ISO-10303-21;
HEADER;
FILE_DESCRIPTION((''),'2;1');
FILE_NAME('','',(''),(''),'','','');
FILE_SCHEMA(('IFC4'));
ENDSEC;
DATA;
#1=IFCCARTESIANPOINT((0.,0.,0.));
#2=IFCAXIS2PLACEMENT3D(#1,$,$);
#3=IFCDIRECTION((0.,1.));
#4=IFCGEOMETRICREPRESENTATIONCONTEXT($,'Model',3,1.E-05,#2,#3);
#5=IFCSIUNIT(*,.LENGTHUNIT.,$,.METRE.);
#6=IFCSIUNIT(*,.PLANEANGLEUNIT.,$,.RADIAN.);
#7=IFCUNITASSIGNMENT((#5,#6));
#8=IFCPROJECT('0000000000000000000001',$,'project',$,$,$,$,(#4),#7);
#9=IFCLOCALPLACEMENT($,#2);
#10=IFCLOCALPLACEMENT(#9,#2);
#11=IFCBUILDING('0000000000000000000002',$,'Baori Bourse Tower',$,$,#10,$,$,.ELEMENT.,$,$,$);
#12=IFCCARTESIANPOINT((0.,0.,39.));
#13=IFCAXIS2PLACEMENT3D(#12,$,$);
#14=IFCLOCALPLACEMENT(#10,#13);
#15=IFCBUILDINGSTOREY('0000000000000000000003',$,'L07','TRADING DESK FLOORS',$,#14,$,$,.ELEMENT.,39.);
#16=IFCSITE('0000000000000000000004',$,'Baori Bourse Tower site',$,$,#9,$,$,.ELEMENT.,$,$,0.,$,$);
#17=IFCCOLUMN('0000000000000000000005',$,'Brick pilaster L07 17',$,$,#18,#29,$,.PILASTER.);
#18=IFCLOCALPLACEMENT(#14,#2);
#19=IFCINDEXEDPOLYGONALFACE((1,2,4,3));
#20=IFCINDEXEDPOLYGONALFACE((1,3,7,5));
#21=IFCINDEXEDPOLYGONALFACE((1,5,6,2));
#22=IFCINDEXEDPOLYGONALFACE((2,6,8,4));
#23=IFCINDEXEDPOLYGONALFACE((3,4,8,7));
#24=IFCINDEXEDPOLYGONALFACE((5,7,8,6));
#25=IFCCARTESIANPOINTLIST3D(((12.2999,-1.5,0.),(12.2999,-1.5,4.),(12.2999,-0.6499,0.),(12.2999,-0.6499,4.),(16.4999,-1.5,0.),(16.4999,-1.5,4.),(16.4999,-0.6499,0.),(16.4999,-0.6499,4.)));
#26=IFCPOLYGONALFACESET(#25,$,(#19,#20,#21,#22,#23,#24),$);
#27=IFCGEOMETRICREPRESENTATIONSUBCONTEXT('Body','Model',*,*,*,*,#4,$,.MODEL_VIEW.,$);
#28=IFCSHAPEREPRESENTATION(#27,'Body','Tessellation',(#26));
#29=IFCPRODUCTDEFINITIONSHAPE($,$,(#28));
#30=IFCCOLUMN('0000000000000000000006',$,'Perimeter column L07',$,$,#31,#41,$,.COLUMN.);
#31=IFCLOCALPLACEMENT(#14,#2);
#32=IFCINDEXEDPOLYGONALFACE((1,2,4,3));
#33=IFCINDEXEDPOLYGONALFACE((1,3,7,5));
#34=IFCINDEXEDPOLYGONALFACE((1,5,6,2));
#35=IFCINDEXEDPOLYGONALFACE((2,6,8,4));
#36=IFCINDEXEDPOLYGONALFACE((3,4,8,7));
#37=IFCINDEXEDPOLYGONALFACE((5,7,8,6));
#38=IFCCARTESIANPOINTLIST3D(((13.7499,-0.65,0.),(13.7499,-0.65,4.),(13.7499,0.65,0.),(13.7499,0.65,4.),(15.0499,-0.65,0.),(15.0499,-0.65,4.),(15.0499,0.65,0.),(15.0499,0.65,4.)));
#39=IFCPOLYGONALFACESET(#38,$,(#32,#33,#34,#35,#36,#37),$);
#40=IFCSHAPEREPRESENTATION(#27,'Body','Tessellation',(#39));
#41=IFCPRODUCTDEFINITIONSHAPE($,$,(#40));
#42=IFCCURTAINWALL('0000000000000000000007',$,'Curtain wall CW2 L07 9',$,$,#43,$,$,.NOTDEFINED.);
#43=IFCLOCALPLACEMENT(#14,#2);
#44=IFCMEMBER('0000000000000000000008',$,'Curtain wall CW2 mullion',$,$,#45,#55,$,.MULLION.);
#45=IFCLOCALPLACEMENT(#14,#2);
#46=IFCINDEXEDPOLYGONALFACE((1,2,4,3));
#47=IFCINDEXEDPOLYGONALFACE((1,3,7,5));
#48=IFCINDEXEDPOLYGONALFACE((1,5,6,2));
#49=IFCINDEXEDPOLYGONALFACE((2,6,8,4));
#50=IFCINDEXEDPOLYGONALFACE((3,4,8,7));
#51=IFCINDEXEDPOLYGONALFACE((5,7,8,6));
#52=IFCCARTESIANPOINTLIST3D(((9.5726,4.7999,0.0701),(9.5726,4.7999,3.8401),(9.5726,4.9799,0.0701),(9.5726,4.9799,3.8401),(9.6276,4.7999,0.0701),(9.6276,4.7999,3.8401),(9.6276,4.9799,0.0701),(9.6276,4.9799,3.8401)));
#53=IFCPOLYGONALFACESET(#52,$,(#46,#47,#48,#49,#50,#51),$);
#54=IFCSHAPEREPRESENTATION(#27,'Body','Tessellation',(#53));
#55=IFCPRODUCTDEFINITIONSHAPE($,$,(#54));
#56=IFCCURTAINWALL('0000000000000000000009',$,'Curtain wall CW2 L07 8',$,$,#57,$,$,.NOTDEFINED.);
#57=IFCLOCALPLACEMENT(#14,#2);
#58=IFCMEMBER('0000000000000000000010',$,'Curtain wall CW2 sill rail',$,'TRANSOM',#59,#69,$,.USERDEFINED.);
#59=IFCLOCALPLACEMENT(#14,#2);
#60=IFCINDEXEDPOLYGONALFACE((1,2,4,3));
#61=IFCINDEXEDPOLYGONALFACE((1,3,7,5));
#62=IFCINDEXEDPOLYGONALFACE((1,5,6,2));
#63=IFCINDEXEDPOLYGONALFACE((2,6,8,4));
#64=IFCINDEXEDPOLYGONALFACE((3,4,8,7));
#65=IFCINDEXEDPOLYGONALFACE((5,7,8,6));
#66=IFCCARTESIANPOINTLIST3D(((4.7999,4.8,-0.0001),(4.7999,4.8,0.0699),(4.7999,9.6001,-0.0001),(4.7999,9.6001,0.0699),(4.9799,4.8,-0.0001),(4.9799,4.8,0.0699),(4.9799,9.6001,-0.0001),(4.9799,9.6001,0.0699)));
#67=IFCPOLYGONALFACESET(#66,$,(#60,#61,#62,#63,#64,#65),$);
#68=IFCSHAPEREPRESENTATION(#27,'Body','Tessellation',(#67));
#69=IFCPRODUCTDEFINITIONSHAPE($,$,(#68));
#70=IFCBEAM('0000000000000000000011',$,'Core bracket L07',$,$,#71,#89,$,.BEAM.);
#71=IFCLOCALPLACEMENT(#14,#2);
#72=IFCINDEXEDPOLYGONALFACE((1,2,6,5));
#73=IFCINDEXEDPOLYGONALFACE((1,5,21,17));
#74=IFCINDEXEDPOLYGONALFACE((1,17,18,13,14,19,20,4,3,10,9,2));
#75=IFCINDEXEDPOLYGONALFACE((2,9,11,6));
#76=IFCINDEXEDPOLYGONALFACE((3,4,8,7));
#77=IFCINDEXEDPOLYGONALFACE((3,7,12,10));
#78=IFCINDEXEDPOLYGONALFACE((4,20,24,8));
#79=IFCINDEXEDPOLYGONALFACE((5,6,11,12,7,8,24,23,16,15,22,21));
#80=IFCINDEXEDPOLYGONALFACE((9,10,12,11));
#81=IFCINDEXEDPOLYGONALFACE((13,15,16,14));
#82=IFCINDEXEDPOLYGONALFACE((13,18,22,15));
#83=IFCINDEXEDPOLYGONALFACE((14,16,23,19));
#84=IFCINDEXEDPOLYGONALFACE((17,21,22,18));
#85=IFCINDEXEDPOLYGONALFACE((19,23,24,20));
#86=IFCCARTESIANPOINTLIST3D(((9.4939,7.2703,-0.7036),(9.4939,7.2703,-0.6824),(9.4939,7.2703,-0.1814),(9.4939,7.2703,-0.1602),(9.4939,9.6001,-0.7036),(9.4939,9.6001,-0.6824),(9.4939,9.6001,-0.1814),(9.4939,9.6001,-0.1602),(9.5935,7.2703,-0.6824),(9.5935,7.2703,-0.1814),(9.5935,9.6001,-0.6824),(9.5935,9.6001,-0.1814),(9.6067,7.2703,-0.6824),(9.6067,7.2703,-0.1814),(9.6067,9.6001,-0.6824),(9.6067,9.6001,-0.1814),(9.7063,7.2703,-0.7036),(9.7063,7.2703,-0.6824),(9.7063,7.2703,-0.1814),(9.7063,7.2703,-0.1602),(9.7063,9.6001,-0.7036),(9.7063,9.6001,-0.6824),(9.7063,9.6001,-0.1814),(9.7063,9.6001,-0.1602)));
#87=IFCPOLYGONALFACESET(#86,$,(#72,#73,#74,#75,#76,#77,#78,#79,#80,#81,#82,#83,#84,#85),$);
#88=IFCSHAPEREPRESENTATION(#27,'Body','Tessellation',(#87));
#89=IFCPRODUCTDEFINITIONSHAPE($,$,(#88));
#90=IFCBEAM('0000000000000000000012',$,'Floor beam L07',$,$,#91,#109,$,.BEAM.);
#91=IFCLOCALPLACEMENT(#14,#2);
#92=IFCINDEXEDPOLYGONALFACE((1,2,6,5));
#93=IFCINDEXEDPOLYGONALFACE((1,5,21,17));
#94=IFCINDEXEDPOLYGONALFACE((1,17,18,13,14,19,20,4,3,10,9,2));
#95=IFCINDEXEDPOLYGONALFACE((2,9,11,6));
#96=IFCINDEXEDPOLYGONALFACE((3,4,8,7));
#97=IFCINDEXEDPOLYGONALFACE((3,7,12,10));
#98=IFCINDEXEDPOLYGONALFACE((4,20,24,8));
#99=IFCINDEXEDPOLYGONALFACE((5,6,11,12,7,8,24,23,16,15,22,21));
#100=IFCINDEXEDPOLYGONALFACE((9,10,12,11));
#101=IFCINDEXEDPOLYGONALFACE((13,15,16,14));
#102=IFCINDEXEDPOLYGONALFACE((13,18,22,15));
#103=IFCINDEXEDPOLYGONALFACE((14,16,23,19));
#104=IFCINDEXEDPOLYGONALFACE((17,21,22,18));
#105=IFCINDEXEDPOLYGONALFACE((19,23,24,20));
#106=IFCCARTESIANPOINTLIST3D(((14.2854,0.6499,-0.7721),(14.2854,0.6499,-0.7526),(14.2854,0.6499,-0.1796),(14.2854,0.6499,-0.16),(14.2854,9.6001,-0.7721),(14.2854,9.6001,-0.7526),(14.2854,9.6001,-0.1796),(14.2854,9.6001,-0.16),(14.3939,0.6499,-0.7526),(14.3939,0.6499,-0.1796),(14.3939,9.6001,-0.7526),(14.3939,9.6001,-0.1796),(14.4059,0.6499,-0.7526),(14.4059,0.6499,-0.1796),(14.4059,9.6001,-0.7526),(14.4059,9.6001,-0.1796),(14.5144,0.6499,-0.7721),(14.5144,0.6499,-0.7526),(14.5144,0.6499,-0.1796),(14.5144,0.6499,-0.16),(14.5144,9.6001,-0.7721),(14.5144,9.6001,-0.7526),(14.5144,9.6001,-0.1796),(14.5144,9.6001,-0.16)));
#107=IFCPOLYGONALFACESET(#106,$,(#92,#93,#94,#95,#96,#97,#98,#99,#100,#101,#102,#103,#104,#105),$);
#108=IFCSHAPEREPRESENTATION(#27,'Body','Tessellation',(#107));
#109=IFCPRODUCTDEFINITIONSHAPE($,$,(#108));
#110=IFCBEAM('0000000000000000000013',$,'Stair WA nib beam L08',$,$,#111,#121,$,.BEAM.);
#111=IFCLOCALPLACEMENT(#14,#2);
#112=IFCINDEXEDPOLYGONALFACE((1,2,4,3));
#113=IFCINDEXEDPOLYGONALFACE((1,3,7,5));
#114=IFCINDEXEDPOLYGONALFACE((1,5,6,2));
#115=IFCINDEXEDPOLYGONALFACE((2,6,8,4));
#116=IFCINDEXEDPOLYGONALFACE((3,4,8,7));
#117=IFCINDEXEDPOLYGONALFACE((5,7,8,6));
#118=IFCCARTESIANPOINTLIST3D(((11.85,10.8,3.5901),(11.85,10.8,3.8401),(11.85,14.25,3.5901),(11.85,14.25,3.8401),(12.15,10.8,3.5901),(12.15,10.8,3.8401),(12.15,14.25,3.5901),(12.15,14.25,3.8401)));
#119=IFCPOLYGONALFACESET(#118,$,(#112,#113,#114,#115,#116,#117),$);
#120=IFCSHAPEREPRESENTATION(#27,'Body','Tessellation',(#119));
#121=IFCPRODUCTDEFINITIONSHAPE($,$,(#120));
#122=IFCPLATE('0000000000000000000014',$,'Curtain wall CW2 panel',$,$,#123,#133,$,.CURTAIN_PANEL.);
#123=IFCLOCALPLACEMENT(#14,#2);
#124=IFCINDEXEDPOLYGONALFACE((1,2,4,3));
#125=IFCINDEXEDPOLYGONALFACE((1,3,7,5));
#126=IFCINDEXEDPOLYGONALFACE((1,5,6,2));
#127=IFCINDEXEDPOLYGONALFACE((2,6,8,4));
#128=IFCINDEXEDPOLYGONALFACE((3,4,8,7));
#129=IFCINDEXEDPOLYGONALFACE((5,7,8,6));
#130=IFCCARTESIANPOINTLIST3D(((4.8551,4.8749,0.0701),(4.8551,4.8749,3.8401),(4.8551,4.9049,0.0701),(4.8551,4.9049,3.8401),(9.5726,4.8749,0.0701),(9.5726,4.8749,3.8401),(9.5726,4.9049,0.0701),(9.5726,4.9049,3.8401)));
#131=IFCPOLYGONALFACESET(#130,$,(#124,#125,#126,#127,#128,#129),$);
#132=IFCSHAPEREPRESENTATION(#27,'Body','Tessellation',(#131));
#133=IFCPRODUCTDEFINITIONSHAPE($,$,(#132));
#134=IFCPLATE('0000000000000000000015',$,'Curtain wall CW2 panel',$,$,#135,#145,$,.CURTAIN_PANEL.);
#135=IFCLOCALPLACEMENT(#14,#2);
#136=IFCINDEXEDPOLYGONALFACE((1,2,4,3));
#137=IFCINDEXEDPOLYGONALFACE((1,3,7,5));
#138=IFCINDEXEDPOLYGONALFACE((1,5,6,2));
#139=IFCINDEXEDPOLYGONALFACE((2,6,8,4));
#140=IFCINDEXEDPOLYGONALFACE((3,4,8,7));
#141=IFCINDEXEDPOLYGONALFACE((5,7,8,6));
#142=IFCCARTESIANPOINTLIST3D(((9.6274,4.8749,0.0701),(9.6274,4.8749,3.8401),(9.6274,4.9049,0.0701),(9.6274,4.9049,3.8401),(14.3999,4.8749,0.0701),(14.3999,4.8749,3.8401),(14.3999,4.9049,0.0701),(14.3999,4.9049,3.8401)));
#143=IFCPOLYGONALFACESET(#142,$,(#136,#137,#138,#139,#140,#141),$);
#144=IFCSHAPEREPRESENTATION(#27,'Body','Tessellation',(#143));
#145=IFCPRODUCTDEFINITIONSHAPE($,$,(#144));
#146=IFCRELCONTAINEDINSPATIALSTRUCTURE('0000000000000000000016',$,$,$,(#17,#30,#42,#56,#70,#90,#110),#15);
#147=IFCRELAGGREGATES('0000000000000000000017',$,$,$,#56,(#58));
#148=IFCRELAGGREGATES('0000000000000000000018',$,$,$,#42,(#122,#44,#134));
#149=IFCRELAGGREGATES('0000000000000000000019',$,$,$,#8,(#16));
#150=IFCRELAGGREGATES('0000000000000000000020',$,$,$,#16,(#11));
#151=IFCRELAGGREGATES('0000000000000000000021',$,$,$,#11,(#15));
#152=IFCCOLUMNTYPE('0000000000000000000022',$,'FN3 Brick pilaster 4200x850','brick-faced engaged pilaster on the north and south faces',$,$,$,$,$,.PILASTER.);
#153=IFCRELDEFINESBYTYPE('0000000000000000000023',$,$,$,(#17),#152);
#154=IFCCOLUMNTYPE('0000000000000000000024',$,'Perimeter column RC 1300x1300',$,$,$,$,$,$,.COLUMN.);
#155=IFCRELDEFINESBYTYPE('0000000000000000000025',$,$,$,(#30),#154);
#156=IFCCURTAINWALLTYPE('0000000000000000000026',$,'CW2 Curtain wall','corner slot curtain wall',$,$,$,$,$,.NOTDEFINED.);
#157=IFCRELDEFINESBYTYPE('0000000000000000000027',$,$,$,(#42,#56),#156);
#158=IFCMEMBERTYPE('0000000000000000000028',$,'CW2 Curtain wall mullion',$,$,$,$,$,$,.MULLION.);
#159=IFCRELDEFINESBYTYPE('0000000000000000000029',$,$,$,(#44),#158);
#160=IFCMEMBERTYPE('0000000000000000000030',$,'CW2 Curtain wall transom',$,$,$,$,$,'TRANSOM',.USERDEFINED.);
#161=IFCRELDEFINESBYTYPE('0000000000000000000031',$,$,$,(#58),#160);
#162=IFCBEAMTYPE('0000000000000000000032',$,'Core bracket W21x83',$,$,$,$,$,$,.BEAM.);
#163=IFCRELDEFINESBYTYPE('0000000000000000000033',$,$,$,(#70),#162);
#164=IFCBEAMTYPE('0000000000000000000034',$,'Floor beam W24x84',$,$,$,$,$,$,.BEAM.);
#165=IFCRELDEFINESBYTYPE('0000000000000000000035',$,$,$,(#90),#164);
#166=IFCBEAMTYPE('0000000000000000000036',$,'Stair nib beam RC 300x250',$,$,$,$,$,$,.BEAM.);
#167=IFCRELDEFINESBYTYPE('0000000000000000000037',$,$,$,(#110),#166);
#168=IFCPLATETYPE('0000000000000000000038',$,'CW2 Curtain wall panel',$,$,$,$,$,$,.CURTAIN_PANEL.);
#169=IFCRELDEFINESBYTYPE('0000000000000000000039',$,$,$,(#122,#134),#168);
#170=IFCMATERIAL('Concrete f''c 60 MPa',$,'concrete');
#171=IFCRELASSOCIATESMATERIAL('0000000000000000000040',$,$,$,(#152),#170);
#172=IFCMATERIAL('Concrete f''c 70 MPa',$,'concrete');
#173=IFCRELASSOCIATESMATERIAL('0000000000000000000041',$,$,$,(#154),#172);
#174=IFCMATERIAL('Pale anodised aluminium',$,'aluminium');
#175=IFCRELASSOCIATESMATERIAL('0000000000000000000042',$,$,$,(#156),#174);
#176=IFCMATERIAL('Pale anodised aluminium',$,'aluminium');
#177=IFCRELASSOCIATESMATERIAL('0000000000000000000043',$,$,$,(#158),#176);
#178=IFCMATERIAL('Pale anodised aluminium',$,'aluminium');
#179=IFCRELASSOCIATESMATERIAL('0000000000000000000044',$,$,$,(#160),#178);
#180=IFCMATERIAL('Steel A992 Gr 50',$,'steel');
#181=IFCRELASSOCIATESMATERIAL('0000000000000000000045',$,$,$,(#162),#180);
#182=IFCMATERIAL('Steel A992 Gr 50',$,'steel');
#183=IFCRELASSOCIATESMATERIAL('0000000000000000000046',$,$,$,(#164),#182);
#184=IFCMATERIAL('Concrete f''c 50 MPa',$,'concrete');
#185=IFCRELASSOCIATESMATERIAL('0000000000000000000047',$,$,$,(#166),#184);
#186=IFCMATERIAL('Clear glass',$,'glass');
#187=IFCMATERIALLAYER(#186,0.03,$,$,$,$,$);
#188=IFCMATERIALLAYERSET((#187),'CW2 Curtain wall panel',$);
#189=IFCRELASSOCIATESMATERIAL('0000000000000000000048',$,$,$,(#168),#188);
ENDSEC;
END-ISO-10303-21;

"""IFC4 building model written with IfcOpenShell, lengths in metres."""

from ifc_helpers import new_model, si_unit, direction, frame, origin, origin_2d, place, context, subcontext, project, spatial, rectangle, i_section, extrude, material, layer, layer_set, material_profile, profile_set, type_object, element, aggregate, save


model = new_model("IFC4")

# Units and contexts
model_context = context("Model", 3, precision=1e-05, world=origin(), true_north=direction((0.0, 1.0)))
body_context = subcontext(model_context, "Body", "Model", "MODEL_VIEW")
ifc_project = project(units=[si_unit("LENGTHUNIT", "METRE"), si_unit("PLANEANGLEUNIT", "RADIAN")], contexts=[model_context])

# Site, building, storey
site_placement = place(None, origin())
site = spatial("IfcSite", under=ifc_project, at=site_placement, Name="Baori Bourse Tower site", CompositionType="ELEMENT", RefElevation=0.0)
building_placement = place(site_placement, origin())
building = spatial("IfcBuilding", under=site, at=building_placement, Name="Baori Bourse Tower", CompositionType="ELEMENT")
storey_placement = place(building_placement, frame((0.0, 0.0, 39.0)))
storey = spatial("IfcBuildingStorey", under=building, at=storey_placement, Name="L07", Description="TRADING DESK FLOORS", CompositionType="ELEMENT", Elevation=39.0)

# Columns
ifc_material_1 = material(Name="Concrete f'c 60 MPa", Category="concrete")
ifc_material_profile_1 = material_profile(ifc_material_1, rectangle(XDim=4.2, YDim=0.8501, at=origin_2d()), Name="RC 4200x850")
ifc_profile_set_1 = profile_set([ifc_material_profile_1], Name="Concrete f'c 60 MPa")
column_type_1 = type_object("IfcColumnType", Name="FN3 Brick pilaster 4200x850", Description="brick-faced engaged pilaster on the north and south faces", PredefinedType="PILASTER", material=ifc_profile_set_1)
column_1_placement = place(storey_placement, frame((14.3999, -1.075, 0.0), z_axis=(0.0, 0.0, 1.0), x_axis=(1.0, 0.0, 0.0)))
element("IfcColumn", 1, at=column_1_placement, inside=storey, type_object=column_type_1, Name="Brick pilaster L07 17", PredefinedType="PILASTER", context=body_context, shape_type="SweptSolid", body=[
    extrude(rectangle(XDim=4.2, YDim=0.8501, at=origin_2d()), origin(), (0.0, 0.0, 1.0), 4.0),
])
ifc_material_2 = material(Name="Concrete f'c 70 MPa", Category="concrete")
ifc_material_profile_2 = material_profile(ifc_material_2, rectangle(XDim=1.3, YDim=1.3, at=origin_2d()), Name="RC 1300x1300")
ifc_profile_set_2 = profile_set([ifc_material_profile_2], Name="Concrete f'c 70 MPa")
column_type_2 = type_object("IfcColumnType", Name="Perimeter column RC 1300x1300", PredefinedType="COLUMN", material=ifc_profile_set_2)
column_2_placement = place(storey_placement, frame((14.3999, 0.0, 0.0), z_axis=(0.0, 0.0, 1.0), x_axis=(1.0, 0.0, 0.0)))
element("IfcColumn", 2, at=column_2_placement, inside=storey, type_object=column_type_2, Name="Perimeter column L07", PredefinedType="COLUMN", context=body_context, shape_type="SweptSolid", body=[
    extrude(rectangle(XDim=1.3, YDim=1.3, at=origin_2d()), origin(), (0.0, 0.0, 1.0), 4.0),
])

# Curtain walls, members
ifc_material_3 = material(Name="Pale anodised aluminium", Category="aluminium")
curtain_wall_type = type_object("IfcCurtainWallType", Name="CW2 Curtain wall", Description="corner slot curtain wall", PredefinedType="NOTDEFINED", material=ifc_material_3)
curtain_wall_1_placement = place(storey_placement, origin())
curtain_wall_1 = element("IfcCurtainWall", 3, at=curtain_wall_1_placement, inside=storey, type_object=curtain_wall_type, Name="Curtain wall CW2 L07 9", PredefinedType="NOTDEFINED")
ifc_material_4 = material(Name="Pale anodised aluminium", Category="aluminium")
ifc_material_profile_3 = material_profile(ifc_material_4, rectangle(XDim=0.1799, YDim=0.0549, at=origin_2d()), Name="Mullion 55x180")
ifc_profile_set_3 = profile_set([ifc_material_profile_3], Name="Pale anodised aluminium")
member_type_1 = type_object("IfcMemberType", Name="CW2 Curtain wall mullion", PredefinedType="MULLION", material=ifc_profile_set_3)
member_1_placement = place(storey_placement, frame((9.6001, 4.8899, 0.0701), z_axis=(0.0, 0.0, 1.0), x_axis=(0.0, 1.0, 0.0)))
member_1 = element("IfcMember", 4, at=member_1_placement, type_object=member_type_1, Name="Curtain wall CW2 mullion", PredefinedType="MULLION", context=body_context, shape_type="SweptSolid", body=[
    extrude(rectangle(XDim=0.1799, YDim=0.0549, at=origin_2d()), origin(), (0.0, 0.0, 1.0), 3.77),
])
curtain_wall_2_placement = place(storey_placement, origin())
curtain_wall_2 = element("IfcCurtainWall", 5, at=curtain_wall_2_placement, inside=storey, type_object=curtain_wall_type, Name="Curtain wall CW2 L07 8", PredefinedType="NOTDEFINED")
ifc_material_5 = material(Name="Pale anodised aluminium", Category="aluminium")
ifc_material_profile_4 = material_profile(ifc_material_5, rectangle(XDim=0.1799, YDim=0.0701, at=origin_2d()), Name="Transom 70x180")
ifc_profile_set_4 = profile_set([ifc_material_profile_4], Name="Pale anodised aluminium")
member_type_2 = type_object("IfcMemberType", Name="CW2 Curtain wall transom", ElementType="TRANSOM", PredefinedType="USERDEFINED", material=ifc_profile_set_4)
member_2_placement = place(storey_placement, frame((4.8899, 9.6001, 0.0349), z_axis=(0.0, -1.0, 0.0), x_axis=(1.0, 0.0, 0.0)))
member_2 = element("IfcMember", 6, at=member_2_placement, type_object=member_type_2, Name="Curtain wall CW2 sill rail", ObjectType="TRANSOM", PredefinedType="USERDEFINED", context=body_context, shape_type="SweptSolid", body=[
    extrude(rectangle(XDim=0.1799, YDim=0.0701, at=origin_2d()), origin(), (0.0, 0.0, 1.0), 4.8),
])
aggregate(curtain_wall_2, [member_2])

# Beams
ifc_material_6 = material(Name="Steel A992 Gr 50", Category="steel")
ifc_material_profile_5 = material_profile(ifc_material_6, i_section(OverallWidth=0.2124, OverallDepth=0.5435, WebThickness=0.0132, FlangeThickness=0.0212, at=origin_2d()), Name="W21x83")
ifc_profile_set_5 = profile_set([ifc_material_profile_5], Name="Steel A992 Gr 50")
beam_type_1 = type_object("IfcBeamType", Name="Core bracket W21x83", PredefinedType="BEAM", material=ifc_profile_set_5)
beam_1_placement = place(storey_placement, frame((9.6001, 7.2703, -0.4319), z_axis=(0.0, 1.0, 0.0), x_axis=(-1.0, 0.0, 0.0)))
element("IfcBeam", 7, at=beam_1_placement, inside=storey, type_object=beam_type_1, Name="Core bracket L07", PredefinedType="BEAM", context=body_context, shape_type="SweptSolid", body=[
    extrude(i_section(OverallWidth=0.2124, OverallDepth=0.5435, WebThickness=0.0132, FlangeThickness=0.0212, at=origin_2d()), origin(), (0.0, 0.0, 1.0), 2.3298),
])
ifc_material_7 = material(Name="Steel A992 Gr 50", Category="steel")
ifc_material_profile_6 = material_profile(ifc_material_7, i_section(OverallWidth=0.229, OverallDepth=0.6121, WebThickness=0.012, FlangeThickness=0.0195, at=origin_2d()), Name="W24x84")
ifc_profile_set_6 = profile_set([ifc_material_profile_6], Name="Steel A992 Gr 50")
beam_type_2 = type_object("IfcBeamType", Name="Floor beam W24x84", PredefinedType="BEAM", material=ifc_profile_set_6)
beam_2_placement = place(storey_placement, frame((14.3999, 0.6499, -0.4661), z_axis=(0.0, 1.0, 0.0), x_axis=(-1.0, 0.0, 0.0)))
element("IfcBeam", 8, at=beam_2_placement, inside=storey, type_object=beam_type_2, Name="Floor beam L07", PredefinedType="BEAM", context=body_context, shape_type="SweptSolid", body=[
    extrude(i_section(OverallWidth=0.229, OverallDepth=0.6121, WebThickness=0.012, FlangeThickness=0.0195, at=origin_2d()), origin(), (0.0, 0.0, 1.0), 8.9502),
])
ifc_material_8 = material(Name="Concrete f'c 50 MPa", Category="concrete")
ifc_material_profile_7 = material_profile(ifc_material_8, rectangle(XDim=0.3, YDim=0.25, at=origin_2d()), Name="RC 300x250")
ifc_profile_set_7 = profile_set([ifc_material_profile_7], Name="Concrete f'c 50 MPa")
beam_type_3 = type_object("IfcBeamType", Name="Stair nib beam RC 300x250", PredefinedType="BEAM", material=ifc_profile_set_7)
beam_3_placement = place(storey_placement, frame((12.0, 10.8, 3.7151), z_axis=(0.0, 1.0, 0.0), x_axis=(-1.0, 0.0, 0.0)))
element("IfcBeam", 9, at=beam_3_placement, inside=storey, type_object=beam_type_3, Name="Stair WA nib beam L08", PredefinedType="BEAM", context=body_context, shape_type="SweptSolid", body=[
    extrude(rectangle(XDim=0.3, YDim=0.25, at=origin_2d()), origin(), (0.0, 0.0, 1.0), 3.45),
])

# Plates
ifc_material_9 = material(Name="Clear glass", Category="glass")
ifc_layer_1 = layer(ifc_material_9, 0.03)
ifc_layer_set_1 = layer_set([ifc_layer_1], Name="CW2 Curtain wall panel")
plate_type = type_object("IfcPlateType", Name="CW2 Curtain wall panel", PredefinedType="CURTAIN_PANEL", material=ifc_layer_set_1)
plate_1_placement = place(storey_placement, frame((7.2139, 4.8899, 0.0701), z_axis=(0.0, 0.0, 1.0), x_axis=(1.0, 0.0, 0.0)))
plate_1 = element("IfcPlate", 10, at=plate_1_placement, type_object=plate_type, Name="Curtain wall CW2 panel", PredefinedType="CURTAIN_PANEL", context=body_context, shape_type="SweptSolid", body=[
    extrude(rectangle(XDim=4.7175, YDim=0.03, at=origin_2d()), origin(), (0.0, 0.0, 1.0), 3.77),
])
plate_2_placement = place(storey_placement, frame((12.0137, 4.8899, 0.0701), z_axis=(0.0, 0.0, 1.0), x_axis=(1.0, 0.0, 0.0)))
plate_2 = element("IfcPlate", 11, at=plate_2_placement, type_object=plate_type, Name="Curtain wall CW2 panel", PredefinedType="CURTAIN_PANEL", context=body_context, shape_type="SweptSolid", body=[
    extrude(rectangle(XDim=4.7725, YDim=0.03, at=origin_2d()), origin(), (0.0, 0.0, 1.0), 3.77),
])
aggregate(curtain_wall_1, [plate_1, member_1, plate_2])

save(model, "model.ifc")
